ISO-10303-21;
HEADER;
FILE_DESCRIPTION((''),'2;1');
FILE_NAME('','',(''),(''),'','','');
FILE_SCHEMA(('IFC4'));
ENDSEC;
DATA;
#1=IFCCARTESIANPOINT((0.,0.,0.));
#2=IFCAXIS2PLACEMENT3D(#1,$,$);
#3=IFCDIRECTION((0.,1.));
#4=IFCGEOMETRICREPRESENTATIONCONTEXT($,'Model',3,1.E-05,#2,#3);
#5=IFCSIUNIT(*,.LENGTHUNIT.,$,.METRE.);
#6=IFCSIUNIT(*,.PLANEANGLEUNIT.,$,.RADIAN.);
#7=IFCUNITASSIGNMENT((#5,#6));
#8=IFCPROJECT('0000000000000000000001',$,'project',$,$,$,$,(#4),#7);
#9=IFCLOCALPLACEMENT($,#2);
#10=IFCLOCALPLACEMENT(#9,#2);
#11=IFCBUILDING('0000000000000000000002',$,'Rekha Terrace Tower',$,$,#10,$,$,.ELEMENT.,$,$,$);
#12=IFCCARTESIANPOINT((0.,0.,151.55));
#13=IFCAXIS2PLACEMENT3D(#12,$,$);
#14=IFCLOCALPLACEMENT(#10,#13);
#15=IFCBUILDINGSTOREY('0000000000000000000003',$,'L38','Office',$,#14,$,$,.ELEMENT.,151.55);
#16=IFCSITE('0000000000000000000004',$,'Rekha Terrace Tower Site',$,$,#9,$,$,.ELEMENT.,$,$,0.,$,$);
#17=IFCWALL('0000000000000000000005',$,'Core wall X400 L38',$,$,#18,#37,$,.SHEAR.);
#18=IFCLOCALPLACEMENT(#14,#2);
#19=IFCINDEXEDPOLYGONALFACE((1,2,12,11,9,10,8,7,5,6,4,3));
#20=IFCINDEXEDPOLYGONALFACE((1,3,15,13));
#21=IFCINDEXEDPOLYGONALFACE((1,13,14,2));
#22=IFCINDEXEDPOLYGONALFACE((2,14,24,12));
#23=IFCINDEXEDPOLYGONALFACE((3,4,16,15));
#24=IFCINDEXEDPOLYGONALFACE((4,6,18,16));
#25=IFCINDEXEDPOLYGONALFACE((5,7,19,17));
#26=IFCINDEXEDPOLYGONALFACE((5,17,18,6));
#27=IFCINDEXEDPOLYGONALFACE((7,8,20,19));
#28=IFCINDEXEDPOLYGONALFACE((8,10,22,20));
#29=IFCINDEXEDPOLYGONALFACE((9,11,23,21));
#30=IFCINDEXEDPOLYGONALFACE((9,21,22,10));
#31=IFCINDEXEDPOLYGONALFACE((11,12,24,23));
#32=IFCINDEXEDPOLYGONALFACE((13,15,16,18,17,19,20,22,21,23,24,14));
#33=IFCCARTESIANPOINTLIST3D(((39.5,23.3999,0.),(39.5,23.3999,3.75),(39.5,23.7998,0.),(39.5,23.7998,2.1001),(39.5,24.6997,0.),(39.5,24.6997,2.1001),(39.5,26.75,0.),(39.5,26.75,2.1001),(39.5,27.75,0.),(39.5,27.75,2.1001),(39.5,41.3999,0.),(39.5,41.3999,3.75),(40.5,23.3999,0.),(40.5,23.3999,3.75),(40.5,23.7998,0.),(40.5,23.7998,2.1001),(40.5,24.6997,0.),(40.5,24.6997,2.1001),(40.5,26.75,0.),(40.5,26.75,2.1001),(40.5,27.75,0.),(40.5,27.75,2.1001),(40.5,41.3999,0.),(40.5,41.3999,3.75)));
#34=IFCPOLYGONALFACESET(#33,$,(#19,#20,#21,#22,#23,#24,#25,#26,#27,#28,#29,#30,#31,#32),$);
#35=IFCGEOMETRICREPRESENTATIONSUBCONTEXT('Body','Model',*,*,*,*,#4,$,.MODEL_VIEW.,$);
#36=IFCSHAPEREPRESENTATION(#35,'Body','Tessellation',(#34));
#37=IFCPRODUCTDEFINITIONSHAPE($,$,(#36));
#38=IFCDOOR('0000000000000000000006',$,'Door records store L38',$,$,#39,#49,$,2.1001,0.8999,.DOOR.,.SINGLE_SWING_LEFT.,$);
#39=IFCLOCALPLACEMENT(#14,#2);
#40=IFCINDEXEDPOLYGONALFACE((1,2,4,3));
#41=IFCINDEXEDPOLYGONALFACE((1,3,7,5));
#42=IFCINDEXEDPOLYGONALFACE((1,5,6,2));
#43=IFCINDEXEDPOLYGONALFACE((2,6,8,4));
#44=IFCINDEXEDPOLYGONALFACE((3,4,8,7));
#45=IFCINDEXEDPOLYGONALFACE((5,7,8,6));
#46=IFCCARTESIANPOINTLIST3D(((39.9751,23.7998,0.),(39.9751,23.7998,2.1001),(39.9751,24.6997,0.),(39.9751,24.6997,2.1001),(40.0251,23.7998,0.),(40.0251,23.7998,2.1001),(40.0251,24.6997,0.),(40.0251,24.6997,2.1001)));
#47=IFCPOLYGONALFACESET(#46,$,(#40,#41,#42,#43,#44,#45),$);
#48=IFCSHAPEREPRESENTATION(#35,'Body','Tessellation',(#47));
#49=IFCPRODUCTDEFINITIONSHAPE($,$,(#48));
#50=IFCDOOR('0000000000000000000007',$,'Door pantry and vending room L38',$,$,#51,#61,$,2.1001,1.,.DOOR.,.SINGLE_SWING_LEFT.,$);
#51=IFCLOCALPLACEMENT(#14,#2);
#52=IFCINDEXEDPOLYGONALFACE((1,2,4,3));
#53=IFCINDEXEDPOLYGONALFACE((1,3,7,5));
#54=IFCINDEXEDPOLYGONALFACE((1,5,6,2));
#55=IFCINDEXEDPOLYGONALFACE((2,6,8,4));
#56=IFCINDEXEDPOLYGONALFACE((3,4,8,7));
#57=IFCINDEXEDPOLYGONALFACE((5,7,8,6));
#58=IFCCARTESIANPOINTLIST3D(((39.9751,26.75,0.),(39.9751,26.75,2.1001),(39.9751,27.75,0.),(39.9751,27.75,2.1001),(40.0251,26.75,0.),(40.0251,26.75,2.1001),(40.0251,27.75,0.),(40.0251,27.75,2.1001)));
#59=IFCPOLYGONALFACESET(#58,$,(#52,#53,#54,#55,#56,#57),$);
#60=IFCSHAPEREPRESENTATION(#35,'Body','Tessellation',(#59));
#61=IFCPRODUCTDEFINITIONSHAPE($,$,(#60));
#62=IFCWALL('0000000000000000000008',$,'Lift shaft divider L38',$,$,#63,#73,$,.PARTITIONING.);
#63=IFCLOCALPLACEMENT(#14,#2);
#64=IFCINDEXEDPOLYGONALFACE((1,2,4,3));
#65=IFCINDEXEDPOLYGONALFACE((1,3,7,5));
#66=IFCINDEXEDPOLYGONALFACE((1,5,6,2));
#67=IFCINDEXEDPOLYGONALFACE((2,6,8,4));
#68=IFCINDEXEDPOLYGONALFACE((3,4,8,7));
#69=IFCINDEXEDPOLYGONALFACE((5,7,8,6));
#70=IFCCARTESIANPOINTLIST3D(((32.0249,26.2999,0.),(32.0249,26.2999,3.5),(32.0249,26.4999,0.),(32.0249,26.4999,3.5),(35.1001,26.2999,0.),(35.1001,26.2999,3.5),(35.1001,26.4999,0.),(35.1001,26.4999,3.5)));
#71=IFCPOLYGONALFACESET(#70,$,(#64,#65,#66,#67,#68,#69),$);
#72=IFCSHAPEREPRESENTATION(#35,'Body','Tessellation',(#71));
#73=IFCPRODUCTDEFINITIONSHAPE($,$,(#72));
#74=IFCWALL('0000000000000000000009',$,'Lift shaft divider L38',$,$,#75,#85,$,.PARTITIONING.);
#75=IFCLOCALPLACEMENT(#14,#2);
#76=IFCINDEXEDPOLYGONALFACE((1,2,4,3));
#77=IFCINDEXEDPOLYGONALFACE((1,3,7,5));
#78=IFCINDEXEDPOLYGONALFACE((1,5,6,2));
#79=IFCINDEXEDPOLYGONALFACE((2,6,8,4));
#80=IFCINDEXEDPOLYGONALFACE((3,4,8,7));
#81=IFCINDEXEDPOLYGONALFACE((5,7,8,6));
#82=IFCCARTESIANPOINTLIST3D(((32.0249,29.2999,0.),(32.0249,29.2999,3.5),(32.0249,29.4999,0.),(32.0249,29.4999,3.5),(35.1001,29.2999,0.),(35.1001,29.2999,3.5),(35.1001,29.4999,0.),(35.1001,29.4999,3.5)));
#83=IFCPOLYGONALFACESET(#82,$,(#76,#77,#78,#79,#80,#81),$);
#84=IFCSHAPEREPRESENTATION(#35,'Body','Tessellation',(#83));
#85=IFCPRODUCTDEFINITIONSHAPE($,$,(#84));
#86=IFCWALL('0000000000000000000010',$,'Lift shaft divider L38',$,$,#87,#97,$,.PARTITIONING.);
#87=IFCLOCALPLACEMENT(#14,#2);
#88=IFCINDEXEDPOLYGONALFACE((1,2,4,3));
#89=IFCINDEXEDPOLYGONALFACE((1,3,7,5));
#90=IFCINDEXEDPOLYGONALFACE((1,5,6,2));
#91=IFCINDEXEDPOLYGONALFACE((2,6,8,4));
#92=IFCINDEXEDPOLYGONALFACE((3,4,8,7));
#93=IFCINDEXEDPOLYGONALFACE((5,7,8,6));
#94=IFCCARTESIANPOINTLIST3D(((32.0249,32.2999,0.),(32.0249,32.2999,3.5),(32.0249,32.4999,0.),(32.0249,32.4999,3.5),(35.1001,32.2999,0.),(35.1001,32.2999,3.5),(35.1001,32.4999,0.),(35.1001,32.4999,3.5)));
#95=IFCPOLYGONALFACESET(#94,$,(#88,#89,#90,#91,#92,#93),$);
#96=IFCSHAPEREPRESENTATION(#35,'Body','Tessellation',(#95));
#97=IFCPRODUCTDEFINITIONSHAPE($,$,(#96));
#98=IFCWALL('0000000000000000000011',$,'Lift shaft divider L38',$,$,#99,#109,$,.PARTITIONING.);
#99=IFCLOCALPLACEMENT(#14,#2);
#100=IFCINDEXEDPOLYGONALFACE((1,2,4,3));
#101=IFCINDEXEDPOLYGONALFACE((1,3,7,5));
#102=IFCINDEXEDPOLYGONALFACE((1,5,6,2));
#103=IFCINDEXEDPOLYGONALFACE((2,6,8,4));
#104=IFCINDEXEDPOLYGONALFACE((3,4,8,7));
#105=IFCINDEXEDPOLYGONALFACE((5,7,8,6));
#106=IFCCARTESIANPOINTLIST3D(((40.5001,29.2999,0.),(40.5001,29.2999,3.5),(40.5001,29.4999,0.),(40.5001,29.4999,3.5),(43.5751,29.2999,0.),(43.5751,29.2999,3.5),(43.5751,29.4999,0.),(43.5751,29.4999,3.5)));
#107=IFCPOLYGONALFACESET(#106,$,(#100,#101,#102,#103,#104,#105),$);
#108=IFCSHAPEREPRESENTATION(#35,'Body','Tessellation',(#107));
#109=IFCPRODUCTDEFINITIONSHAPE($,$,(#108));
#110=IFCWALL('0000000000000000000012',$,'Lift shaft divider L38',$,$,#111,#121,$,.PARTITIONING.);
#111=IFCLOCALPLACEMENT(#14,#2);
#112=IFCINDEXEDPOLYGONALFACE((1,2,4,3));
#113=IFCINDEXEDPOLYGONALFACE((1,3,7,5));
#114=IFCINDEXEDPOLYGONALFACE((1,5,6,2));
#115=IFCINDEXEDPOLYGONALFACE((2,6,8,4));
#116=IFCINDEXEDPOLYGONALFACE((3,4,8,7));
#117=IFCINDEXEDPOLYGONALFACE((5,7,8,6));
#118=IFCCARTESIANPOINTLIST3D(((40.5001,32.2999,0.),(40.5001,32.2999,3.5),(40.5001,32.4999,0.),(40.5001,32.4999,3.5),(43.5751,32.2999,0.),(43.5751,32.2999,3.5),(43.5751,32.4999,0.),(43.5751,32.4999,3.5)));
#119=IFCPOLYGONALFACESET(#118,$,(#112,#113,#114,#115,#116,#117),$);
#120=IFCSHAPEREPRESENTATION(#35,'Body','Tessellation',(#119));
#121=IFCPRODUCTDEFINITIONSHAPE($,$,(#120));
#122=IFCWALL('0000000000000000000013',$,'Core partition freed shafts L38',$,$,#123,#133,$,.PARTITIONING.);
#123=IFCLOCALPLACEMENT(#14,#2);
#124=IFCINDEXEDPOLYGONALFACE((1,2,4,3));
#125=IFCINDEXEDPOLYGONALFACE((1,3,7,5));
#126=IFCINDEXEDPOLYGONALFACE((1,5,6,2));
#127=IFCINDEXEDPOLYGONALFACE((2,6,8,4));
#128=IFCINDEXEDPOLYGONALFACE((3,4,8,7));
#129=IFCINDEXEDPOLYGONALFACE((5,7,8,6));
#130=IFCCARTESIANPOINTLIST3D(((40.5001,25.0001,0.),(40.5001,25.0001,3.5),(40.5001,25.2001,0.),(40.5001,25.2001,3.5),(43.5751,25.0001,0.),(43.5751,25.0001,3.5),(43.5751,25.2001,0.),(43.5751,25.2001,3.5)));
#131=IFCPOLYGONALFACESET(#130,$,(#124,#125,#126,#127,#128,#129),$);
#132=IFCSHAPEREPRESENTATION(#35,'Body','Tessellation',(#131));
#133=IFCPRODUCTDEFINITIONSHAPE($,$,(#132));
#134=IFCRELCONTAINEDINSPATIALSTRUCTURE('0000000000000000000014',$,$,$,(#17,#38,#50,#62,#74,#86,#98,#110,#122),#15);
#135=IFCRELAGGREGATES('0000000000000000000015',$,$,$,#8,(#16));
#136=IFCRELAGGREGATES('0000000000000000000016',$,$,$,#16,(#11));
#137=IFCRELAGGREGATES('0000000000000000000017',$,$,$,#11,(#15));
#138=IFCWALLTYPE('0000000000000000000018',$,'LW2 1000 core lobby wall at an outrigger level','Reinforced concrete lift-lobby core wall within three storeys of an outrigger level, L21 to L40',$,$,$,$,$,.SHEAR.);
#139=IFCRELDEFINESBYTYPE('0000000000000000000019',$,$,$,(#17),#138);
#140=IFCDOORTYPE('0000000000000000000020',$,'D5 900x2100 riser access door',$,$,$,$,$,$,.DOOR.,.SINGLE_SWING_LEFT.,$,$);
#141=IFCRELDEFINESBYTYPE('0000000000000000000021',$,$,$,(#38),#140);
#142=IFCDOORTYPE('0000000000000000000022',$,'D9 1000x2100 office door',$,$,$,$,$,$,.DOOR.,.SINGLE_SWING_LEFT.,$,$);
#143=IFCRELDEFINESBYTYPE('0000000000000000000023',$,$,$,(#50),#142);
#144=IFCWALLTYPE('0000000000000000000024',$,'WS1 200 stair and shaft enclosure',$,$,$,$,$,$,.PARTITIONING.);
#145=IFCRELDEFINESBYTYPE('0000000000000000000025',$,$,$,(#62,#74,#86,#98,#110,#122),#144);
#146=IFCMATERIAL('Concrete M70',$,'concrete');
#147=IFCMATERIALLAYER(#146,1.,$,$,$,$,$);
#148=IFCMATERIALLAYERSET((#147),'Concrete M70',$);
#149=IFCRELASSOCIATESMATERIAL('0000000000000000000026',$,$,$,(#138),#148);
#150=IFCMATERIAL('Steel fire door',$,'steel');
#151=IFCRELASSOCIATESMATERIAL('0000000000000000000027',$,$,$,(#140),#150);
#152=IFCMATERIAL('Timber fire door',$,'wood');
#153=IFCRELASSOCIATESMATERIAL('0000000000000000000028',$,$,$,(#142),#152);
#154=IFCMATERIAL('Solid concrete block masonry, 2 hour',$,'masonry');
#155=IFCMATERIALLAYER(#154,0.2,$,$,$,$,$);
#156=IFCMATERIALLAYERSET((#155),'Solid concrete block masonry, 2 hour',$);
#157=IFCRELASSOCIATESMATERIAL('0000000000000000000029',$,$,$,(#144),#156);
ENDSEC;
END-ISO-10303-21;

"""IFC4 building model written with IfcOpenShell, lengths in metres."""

from ifc_helpers import new_model, si_unit, direction, frame, frame_2d, origin, place, context, subcontext, project, spatial, rectangle, extrude, material, layer, layer_set, type_object, element, fill, save


model = new_model("IFC4")

# Units and contexts
model_context = context("Model", 3, precision=1e-05, world=origin(), true_north=direction((0.0, 1.0)))
body_context = subcontext(model_context, "Body", "Model", "MODEL_VIEW")
ifc_project = project(units=[si_unit("LENGTHUNIT", "METRE"), si_unit("PLANEANGLEUNIT", "RADIAN")], contexts=[model_context])

# Site, building, storey
site_placement = place(None, origin())
site = spatial("IfcSite", under=ifc_project, at=site_placement, Name="Rekha Terrace Tower Site", CompositionType="ELEMENT", RefElevation=0.0)
building_placement = place(site_placement, origin())
building = spatial("IfcBuilding", under=site, at=building_placement, Name="Rekha Terrace Tower", CompositionType="ELEMENT")
storey_placement = place(building_placement, frame((0.0, 0.0, 151.55)))
storey = spatial("IfcBuildingStorey", under=building, at=storey_placement, Name="L38", Description="Office", CompositionType="ELEMENT", Elevation=151.55)

# Shared definitions
ifc_material_1 = material(Name="Concrete M70", Category="concrete")

# Wall, openings, doors
ifc_layer_1 = layer(ifc_material_1, 1.0)
ifc_layer_set_1 = layer_set([ifc_layer_1], Name="Concrete M70")
wall_type_1 = type_object("IfcWallType", Name="LW2 1000 core lobby wall at an outrigger level", Description="Reinforced concrete lift-lobby core wall within three storeys of an outrigger level, L21 to L40", PredefinedType="SHEAR", material=ifc_layer_set_1)
wall_1_placement = place(storey_placement, frame((40.0, 23.3999, 0.0), z_axis=(0.0, 0.0, 1.0), x_axis=(0.0, 1.0, 0.0)))
wall_1 = element("IfcWall", 1, at=wall_1_placement, inside=storey, type_object=wall_type_1, Name="Core wall X400 L38", PredefinedType="SHEAR", context=body_context, shape_type="SweptSolid", body=[
    extrude(rectangle(XDim=18.0, YDim=1.0, at=frame_2d((9.0, 0.0))), origin(), (0.0, 0.0, 1.0), 3.75),
])
opening_1_placement = place(wall_1_placement, frame((0.3999, 0.0, 0.0)))
opening_1 = element("IfcOpeningElement", 2, at=opening_1_placement, cuts=wall_1, PredefinedType="OPENING", context=body_context, shape_type="SweptSolid", body=[
    extrude(rectangle(XDim=0.8999, YDim=2.1001, at=frame_2d((0.45, 1.05))), frame((0.0, 0.51, 0.0), z_axis=(0.0, -1.0, 0.0), x_axis=(1.0, 0.0, 0.0)), (0.0, 0.0, 1.0), 1.02),
])
opening_2_placement = place(wall_1_placement, frame((3.3501, 0.0, 0.0)))
opening_2 = element("IfcOpeningElement", 3, at=opening_2_placement, cuts=wall_1, PredefinedType="OPENING", context=body_context, shape_type="SweptSolid", body=[
    extrude(rectangle(XDim=1.0, YDim=2.1001, at=frame_2d((0.5, 1.05))), frame((0.0, 0.51, 0.0), z_axis=(0.0, -1.0, 0.0), x_axis=(1.0, 0.0, 0.0)), (0.0, 0.0, 1.0), 1.02),
])
ifc_material_2 = material(Name="Steel fire door", Category="steel")
door_type_1 = type_object("IfcDoorType", Name="D5 900x2100 riser access door", OperationType="SINGLE_SWING_LEFT", PredefinedType="DOOR", material=ifc_material_2)
door_1_placement = place(opening_1_placement, origin())
door_1 = element("IfcDoor", 4, at=door_1_placement, inside=storey, type_object=door_type_1, Name="Door records store L38", OperationType="SINGLE_SWING_LEFT", OverallHeight=2.1001, OverallWidth=0.8999, PredefinedType="DOOR", context=body_context, shape_type="SweptSolid", body=[
    extrude(rectangle(XDim=0.8999, YDim=2.1001, at=frame_2d((0.45, 1.05))), frame((0.0, 0.0249, 0.0), z_axis=(0.0, -1.0, 0.0), x_axis=(1.0, 0.0, 0.0)), (0.0, 0.0, 1.0), 0.05),
])
fill(opening_1, door_1)
ifc_material_3 = material(Name="Timber fire door", Category="wood")
door_type_2 = type_object("IfcDoorType", Name="D9 1000x2100 office door", OperationType="SINGLE_SWING_LEFT", PredefinedType="DOOR", material=ifc_material_3)
door_2_placement = place(opening_2_placement, origin())
door_2 = element("IfcDoor", 5, at=door_2_placement, inside=storey, type_object=door_type_2, Name="Door pantry and vending room L38", OperationType="SINGLE_SWING_LEFT", OverallHeight=2.1001, OverallWidth=1.0, PredefinedType="DOOR", context=body_context, shape_type="SweptSolid", body=[
    extrude(rectangle(XDim=1.0, YDim=2.1001, at=frame_2d((0.5, 1.05))), frame((0.0, 0.0249, 0.0), z_axis=(0.0, -1.0, 0.0), x_axis=(1.0, 0.0, 0.0)), (0.0, 0.0, 1.0), 0.05),
])
fill(opening_2, door_2)

# Walls
ifc_material_4 = material(Name="Solid concrete block masonry, 2 hour", Category="masonry")
ifc_layer_2 = layer(ifc_material_4, 0.2)
ifc_layer_set_2 = layer_set([ifc_layer_2], Name="Solid concrete block masonry, 2 hour")
wall_type_2 = type_object("IfcWallType", Name="WS1 200 stair and shaft enclosure", PredefinedType="PARTITIONING", material=ifc_layer_set_2)
for number, where, z_axis, x_axis, name in (
    (6, (32.0249, 26.3999, 0.0), (0.0, 0.0, 1.0), (1.0, 0.0, 0.0), "Lift shaft divider L38"),
    (7, (32.0249, 29.3999, 0.0), (0.0, 0.0, 1.0), (1.0, 0.0, 0.0), "Lift shaft divider L38"),
    (8, (32.0249, 32.3999, 0.0), (0.0, 0.0, 1.0), (1.0, 0.0, 0.0), "Lift shaft divider L38"),
):
    element("IfcWall", number, at=place(storey_placement, frame(where, z_axis=z_axis, x_axis=x_axis)), inside=storey, type_object=wall_type_2, Name=name, PredefinedType="PARTITIONING", context=body_context, shape_type="SweptSolid", body=[
        extrude(rectangle(XDim=3.0752, YDim=0.2, at=frame_2d((1.5376, 0.0))), origin(), (0.0, 0.0, 1.0), 3.5),
    ])
for number, where, z_axis, x_axis, name in (
    (9, (40.5, 29.3999, 0.0), (0.0, 0.0, 1.0), (1.0, 0.0, 0.0), "Lift shaft divider L38"),
    (10, (40.5, 32.3999, 0.0), (0.0, 0.0, 1.0), (1.0, 0.0, 0.0), "Lift shaft divider L38"),
    (11, (40.5, 25.1001, 0.0), (0.0, 0.0, 1.0), (1.0, 0.0, 0.0), "Core partition freed shafts L38"),
):
    element("IfcWall", number, at=place(storey_placement, frame(where, z_axis=z_axis, x_axis=x_axis)), inside=storey, type_object=wall_type_2, Name=name, PredefinedType="PARTITIONING", context=body_context, shape_type="SweptSolid", body=[
        extrude(rectangle(XDim=3.075, YDim=0.2, at=frame_2d((1.5376, 0.0))), origin(), (0.0, 0.0, 1.0), 3.5),
    ])

save(model, "model.ifc")
